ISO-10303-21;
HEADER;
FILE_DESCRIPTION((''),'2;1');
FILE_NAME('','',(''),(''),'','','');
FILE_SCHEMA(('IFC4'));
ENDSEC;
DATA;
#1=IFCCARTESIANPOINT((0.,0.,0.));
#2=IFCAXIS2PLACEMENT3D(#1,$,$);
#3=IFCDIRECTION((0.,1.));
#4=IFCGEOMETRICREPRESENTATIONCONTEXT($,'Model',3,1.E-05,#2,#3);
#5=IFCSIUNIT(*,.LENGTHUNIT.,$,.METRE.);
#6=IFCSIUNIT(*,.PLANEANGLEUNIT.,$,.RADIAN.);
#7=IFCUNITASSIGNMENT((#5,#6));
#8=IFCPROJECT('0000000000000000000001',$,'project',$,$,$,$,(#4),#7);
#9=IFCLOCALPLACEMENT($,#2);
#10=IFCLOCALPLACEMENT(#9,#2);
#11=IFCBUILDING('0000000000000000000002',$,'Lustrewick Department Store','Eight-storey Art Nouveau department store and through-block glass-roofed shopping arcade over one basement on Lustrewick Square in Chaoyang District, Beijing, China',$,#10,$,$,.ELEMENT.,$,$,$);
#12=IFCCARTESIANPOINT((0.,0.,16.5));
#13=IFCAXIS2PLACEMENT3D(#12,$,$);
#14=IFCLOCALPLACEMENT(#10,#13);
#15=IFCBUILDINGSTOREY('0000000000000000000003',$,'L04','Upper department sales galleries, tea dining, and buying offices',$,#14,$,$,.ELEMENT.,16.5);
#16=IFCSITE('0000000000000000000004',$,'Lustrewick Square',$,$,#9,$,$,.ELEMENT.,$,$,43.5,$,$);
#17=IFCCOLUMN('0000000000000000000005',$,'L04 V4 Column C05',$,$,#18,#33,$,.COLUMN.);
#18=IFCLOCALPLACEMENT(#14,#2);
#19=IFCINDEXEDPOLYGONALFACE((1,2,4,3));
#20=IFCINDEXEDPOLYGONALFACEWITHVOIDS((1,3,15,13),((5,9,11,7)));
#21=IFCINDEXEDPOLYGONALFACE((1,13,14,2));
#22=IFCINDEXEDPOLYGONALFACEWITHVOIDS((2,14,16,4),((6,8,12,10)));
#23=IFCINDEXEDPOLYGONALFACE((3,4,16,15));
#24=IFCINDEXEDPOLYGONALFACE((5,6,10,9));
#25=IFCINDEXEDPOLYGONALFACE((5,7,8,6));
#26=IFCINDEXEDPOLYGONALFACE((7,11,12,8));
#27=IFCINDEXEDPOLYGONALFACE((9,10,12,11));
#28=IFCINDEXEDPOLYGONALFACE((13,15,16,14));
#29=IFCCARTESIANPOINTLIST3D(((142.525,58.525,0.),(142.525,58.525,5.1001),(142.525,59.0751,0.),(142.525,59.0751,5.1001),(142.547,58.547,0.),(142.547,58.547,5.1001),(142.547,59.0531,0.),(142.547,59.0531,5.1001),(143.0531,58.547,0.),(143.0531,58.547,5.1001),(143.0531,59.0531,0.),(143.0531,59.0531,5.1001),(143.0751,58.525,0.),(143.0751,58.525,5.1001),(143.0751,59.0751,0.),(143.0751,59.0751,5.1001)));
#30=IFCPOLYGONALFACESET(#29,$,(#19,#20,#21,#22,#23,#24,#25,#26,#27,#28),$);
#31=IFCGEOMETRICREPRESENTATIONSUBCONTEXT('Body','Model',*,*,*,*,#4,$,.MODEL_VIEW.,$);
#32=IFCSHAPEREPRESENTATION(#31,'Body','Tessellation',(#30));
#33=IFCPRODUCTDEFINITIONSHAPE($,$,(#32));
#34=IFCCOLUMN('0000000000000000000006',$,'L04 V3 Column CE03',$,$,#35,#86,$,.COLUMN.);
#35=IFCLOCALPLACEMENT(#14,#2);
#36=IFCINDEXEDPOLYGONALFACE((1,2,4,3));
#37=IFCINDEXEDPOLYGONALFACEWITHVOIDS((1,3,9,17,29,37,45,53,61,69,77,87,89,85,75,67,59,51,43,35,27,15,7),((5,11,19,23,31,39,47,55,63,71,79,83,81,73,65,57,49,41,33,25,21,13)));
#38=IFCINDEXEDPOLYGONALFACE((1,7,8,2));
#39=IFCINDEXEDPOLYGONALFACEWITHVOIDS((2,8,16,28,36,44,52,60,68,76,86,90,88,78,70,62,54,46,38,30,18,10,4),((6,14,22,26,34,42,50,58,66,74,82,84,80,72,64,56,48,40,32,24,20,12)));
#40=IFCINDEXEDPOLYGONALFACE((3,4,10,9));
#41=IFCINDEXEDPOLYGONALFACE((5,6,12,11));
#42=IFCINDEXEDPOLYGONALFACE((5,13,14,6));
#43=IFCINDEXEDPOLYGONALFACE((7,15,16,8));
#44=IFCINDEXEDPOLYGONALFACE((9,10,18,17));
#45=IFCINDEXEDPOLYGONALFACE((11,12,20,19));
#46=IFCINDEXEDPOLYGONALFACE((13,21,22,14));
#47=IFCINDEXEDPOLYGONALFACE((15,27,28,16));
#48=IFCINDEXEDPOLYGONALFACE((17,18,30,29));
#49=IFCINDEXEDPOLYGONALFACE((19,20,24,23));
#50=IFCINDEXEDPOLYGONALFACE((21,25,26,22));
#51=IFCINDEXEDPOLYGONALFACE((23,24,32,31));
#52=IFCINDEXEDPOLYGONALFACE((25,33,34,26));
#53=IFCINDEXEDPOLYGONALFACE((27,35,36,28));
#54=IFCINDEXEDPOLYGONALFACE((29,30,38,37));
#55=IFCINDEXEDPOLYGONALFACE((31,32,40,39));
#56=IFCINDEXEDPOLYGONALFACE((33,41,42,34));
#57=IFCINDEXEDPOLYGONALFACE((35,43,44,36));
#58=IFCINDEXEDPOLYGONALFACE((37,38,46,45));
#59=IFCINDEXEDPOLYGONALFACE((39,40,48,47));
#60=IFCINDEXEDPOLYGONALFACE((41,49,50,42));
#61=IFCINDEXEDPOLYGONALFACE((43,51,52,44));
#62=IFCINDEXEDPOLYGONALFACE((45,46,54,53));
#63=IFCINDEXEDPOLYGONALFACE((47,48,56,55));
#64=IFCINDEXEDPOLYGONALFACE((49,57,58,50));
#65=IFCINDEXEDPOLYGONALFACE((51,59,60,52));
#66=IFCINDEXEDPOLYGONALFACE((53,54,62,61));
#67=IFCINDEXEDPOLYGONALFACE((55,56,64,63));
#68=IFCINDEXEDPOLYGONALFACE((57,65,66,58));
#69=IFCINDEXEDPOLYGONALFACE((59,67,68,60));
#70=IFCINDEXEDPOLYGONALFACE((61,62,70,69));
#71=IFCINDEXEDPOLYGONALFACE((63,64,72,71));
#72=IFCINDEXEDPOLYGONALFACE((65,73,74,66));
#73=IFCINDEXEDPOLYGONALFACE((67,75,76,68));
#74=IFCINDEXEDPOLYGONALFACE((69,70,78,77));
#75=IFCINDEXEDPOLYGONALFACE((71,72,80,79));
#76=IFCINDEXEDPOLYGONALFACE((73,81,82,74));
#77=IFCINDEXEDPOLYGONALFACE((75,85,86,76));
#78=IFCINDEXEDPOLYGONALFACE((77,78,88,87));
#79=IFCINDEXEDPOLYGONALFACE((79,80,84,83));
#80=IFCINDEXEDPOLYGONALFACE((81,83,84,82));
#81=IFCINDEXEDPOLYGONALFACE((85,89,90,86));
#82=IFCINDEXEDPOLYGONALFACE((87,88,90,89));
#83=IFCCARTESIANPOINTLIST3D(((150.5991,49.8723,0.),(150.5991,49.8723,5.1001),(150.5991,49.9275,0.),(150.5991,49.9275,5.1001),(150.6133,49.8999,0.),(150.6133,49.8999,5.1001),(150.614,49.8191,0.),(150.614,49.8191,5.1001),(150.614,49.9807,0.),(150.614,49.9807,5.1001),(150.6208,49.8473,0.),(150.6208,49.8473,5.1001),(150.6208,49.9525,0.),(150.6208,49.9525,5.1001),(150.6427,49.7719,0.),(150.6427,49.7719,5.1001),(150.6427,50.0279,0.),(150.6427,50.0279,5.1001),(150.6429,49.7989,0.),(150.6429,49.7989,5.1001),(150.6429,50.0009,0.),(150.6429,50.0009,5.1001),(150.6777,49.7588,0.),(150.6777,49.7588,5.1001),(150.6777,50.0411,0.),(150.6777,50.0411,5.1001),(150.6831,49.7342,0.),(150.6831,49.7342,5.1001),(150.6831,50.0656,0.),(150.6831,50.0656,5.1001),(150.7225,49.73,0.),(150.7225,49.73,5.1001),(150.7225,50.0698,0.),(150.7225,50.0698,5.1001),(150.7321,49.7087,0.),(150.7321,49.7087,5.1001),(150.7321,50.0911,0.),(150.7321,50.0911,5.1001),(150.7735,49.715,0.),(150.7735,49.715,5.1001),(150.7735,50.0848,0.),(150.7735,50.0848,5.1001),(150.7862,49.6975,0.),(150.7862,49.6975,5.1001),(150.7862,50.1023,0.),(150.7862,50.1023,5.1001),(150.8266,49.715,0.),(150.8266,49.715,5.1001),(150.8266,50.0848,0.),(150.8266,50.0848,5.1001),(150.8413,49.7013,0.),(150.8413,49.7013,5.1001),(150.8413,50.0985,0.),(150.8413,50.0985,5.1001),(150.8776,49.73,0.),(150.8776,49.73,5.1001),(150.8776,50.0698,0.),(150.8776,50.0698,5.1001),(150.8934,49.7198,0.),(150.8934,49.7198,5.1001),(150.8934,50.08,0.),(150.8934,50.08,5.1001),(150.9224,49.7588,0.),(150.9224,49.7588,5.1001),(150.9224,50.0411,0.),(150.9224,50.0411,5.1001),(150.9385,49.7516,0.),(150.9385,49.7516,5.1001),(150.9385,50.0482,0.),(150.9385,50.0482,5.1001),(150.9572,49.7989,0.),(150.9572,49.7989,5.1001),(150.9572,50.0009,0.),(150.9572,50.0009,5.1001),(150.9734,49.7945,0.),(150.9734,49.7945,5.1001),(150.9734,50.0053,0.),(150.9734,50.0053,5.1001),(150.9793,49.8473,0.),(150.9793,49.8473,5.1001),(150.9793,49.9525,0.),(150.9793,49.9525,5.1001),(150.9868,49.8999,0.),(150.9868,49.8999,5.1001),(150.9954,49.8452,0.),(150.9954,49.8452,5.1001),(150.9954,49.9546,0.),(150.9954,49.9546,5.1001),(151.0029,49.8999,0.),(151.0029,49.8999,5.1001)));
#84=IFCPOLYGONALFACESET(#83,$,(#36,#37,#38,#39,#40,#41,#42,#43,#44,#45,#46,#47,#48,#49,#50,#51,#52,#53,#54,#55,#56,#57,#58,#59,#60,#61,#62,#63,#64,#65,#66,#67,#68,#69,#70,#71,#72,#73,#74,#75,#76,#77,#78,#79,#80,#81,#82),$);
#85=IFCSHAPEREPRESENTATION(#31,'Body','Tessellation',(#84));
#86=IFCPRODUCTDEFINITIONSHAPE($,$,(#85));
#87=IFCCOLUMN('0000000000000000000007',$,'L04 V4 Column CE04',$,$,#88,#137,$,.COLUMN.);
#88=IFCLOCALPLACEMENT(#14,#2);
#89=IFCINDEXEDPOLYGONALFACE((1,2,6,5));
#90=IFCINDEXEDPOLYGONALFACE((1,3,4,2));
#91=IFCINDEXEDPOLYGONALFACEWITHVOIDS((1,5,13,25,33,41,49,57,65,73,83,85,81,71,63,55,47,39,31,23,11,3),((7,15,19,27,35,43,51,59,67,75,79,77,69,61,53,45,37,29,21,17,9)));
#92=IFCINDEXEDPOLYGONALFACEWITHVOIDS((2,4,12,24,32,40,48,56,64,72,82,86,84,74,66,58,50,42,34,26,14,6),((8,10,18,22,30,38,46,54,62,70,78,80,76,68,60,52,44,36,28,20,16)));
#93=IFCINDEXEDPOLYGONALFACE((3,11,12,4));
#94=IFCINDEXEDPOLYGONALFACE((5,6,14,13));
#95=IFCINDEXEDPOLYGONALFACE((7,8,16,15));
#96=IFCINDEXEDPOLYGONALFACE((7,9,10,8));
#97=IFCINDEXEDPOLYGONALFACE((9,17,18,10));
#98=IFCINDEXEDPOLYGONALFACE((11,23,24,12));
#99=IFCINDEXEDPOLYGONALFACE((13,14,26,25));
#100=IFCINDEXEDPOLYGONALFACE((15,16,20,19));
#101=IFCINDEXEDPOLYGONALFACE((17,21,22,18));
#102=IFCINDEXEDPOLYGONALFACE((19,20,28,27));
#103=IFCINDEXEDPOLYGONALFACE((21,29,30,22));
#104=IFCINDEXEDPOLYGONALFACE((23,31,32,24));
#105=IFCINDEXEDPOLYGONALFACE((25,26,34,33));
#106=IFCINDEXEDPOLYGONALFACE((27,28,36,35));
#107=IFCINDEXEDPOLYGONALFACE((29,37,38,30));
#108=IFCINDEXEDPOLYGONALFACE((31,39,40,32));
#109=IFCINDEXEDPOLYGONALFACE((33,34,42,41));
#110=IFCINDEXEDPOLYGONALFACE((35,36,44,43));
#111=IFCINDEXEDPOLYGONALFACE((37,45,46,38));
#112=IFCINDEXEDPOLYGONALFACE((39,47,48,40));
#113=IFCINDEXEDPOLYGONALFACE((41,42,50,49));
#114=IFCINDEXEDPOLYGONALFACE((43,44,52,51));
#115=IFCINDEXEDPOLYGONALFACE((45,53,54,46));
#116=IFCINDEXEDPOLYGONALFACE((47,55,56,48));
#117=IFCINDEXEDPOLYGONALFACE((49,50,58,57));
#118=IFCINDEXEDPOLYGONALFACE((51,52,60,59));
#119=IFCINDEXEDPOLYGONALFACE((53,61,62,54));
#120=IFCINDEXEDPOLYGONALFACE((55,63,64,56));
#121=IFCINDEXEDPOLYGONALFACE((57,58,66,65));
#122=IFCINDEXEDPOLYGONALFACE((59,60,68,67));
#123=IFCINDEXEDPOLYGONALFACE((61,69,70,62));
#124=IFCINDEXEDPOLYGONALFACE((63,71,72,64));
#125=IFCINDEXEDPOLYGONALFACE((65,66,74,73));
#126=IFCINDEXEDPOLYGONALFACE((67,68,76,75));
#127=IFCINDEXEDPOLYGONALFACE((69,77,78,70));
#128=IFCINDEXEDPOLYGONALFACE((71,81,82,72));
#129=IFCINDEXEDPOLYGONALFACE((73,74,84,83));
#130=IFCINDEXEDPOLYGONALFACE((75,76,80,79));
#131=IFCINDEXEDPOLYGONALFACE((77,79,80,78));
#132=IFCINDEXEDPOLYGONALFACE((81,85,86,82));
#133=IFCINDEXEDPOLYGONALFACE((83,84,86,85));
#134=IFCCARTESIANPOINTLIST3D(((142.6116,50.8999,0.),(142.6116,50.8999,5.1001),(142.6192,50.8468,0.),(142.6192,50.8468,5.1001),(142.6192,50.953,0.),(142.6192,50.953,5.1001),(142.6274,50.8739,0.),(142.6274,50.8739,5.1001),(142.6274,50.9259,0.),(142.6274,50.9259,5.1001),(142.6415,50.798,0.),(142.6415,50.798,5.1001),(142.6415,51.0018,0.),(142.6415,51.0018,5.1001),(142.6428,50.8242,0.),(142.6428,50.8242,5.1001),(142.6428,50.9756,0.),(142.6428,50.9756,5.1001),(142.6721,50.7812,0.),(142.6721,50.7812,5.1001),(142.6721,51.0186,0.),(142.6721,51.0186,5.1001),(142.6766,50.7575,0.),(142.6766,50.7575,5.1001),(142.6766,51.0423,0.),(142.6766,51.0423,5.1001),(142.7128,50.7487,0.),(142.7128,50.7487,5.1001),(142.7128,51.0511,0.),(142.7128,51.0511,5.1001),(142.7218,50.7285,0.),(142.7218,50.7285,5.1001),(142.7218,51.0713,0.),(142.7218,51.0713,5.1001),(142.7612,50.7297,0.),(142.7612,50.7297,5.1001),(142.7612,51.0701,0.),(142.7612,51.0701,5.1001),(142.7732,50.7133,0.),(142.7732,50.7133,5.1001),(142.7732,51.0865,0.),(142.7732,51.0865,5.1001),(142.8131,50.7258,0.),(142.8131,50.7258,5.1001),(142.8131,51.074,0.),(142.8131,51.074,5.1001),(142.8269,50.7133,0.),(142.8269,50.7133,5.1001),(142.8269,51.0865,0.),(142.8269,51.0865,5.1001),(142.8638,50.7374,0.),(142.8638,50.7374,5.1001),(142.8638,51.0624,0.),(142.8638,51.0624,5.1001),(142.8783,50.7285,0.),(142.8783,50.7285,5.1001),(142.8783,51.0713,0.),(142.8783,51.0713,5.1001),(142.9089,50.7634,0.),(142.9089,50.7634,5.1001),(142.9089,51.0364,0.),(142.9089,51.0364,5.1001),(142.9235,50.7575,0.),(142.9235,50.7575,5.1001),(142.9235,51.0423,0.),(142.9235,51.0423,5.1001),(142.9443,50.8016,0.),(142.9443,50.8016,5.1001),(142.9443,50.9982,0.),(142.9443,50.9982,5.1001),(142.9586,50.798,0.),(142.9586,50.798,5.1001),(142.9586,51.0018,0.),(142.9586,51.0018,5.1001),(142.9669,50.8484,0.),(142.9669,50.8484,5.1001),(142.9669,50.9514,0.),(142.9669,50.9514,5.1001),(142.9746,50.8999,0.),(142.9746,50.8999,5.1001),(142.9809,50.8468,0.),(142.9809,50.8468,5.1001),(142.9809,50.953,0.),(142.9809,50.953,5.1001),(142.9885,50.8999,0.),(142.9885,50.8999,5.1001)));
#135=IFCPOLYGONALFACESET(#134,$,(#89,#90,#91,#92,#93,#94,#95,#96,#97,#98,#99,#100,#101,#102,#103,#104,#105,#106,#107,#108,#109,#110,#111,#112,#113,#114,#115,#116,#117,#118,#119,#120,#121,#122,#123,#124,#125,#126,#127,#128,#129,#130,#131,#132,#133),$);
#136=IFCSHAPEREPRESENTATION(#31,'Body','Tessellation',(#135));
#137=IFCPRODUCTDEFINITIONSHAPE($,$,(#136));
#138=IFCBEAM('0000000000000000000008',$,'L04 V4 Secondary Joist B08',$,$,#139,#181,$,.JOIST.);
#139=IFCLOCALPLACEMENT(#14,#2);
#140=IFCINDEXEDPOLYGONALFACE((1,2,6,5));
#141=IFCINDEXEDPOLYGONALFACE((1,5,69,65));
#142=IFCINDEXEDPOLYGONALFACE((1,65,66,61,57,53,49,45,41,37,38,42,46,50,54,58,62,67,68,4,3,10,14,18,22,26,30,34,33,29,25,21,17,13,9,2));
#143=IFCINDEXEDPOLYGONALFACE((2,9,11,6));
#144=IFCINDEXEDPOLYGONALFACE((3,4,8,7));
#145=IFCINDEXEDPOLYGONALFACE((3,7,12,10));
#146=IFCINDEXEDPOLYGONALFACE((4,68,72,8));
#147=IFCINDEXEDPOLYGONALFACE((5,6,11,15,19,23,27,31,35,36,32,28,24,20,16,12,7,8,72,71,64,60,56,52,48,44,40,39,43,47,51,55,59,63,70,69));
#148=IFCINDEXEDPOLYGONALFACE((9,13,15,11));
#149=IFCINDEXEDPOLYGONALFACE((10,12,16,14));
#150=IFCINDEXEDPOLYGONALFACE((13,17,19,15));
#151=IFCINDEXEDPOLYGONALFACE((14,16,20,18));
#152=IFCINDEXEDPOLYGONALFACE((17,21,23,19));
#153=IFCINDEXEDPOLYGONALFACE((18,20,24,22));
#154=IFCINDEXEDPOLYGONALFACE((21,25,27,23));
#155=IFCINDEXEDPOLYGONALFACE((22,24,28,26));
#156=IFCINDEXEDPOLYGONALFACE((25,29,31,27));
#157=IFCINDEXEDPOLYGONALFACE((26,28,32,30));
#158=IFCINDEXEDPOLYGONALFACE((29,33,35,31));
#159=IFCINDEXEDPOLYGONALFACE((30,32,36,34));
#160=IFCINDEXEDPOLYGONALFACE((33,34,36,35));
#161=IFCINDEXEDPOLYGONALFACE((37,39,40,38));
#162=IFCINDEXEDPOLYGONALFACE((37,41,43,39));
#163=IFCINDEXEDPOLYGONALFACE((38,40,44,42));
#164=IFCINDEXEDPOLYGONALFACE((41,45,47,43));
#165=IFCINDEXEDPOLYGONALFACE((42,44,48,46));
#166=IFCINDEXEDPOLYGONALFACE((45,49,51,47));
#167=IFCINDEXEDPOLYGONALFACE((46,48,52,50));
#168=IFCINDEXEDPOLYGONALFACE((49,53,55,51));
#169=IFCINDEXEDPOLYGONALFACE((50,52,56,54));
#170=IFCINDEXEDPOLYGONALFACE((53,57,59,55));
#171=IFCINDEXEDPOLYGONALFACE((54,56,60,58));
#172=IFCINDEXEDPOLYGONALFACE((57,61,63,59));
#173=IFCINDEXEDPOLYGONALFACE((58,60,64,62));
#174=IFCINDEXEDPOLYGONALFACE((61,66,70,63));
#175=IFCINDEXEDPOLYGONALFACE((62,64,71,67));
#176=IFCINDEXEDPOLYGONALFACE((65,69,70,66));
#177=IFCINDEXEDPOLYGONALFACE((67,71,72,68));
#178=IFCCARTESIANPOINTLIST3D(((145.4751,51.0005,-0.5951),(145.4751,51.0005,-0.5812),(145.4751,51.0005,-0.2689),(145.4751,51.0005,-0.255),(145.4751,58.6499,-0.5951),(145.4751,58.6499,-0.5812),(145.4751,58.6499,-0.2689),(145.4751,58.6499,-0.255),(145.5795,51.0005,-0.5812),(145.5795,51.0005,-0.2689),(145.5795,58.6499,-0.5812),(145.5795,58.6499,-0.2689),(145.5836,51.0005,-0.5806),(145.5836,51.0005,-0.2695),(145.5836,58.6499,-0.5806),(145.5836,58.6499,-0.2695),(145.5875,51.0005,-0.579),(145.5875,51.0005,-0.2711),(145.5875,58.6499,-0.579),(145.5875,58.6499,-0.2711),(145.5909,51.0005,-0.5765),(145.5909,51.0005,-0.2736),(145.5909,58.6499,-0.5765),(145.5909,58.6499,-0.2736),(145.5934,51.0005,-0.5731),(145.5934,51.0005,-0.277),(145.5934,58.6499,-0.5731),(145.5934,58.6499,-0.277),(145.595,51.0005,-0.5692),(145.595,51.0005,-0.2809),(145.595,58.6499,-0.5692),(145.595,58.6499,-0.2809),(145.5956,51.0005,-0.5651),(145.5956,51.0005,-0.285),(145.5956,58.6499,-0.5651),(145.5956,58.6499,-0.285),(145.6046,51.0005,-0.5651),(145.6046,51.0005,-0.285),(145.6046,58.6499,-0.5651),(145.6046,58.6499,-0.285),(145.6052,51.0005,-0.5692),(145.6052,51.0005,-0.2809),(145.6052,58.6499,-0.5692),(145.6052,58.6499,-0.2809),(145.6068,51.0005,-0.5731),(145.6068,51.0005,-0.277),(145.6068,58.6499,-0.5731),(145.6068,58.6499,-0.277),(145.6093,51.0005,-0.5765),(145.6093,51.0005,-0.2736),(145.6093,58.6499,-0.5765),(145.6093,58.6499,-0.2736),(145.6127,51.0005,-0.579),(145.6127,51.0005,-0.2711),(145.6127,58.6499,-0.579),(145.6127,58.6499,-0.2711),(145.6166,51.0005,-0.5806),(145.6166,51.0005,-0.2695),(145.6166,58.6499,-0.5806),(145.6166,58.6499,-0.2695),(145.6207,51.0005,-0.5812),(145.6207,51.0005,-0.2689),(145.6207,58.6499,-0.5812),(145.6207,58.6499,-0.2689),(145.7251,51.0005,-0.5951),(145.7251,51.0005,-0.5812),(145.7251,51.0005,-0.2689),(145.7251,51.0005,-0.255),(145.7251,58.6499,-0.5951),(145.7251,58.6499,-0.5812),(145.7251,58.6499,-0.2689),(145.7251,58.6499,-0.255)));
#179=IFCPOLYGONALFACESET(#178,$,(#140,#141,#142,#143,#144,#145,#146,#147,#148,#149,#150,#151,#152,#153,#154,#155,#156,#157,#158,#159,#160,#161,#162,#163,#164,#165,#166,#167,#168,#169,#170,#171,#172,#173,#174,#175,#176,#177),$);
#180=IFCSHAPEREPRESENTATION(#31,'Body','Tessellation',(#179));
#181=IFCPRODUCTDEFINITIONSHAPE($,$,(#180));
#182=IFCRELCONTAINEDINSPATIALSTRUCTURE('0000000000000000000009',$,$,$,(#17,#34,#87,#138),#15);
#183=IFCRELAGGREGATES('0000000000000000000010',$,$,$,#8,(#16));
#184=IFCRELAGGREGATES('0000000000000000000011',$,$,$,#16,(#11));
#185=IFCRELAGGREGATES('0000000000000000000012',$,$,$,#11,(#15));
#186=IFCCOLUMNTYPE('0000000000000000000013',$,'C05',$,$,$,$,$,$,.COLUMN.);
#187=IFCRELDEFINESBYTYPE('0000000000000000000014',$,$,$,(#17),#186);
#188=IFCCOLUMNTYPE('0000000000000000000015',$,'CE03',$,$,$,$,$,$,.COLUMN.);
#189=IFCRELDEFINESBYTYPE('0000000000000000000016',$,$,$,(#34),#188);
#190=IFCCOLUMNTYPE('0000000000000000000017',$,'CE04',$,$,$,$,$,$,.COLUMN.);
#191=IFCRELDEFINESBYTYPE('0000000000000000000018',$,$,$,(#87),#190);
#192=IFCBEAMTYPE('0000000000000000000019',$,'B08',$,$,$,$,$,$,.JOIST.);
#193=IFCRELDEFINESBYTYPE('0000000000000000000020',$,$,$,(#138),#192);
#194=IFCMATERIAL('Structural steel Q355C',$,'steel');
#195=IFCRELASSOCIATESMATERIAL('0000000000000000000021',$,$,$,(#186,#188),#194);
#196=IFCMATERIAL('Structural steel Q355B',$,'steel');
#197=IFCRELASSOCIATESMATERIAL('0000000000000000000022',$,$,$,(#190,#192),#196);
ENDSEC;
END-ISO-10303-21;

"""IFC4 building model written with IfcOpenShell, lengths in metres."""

from ifc_helpers import new_model, si_unit, direction, frame, origin, origin_2d, place, context, subcontext, project, spatial, hollow_rectangle, hollow_circle, i_section, extrude, material, material_profile, profile_set, type_object, element, save


model = new_model("IFC4")

# Units and contexts
model_context = context("Model", 3, precision=1e-05, world=origin(), true_north=direction((0.0, 1.0)))
body_context = subcontext(model_context, "Body", "Model", "MODEL_VIEW")
ifc_project = project(units=[si_unit("LENGTHUNIT", "METRE"), si_unit("PLANEANGLEUNIT", "RADIAN")], contexts=[model_context])

# Site, building, storey
site_placement = place(None, origin())
site = spatial("IfcSite", under=ifc_project, at=site_placement, Name="Lustrewick Square", CompositionType="ELEMENT", RefElevation=43.5)
building_placement = place(site_placement, origin())
building = spatial("IfcBuilding", under=site, at=building_placement, Name="Lustrewick Department Store", Description="Eight-storey Art Nouveau department store and through-block glass-roofed shopping arcade over one basement on Lustrewick Square in Chaoyang District, Beijing, China", CompositionType="ELEMENT")
storey_placement = place(building_placement, frame((0.0, 0.0, 16.5)))
storey = spatial("IfcBuildingStorey", under=building, at=storey_placement, Name="L04", Description="Upper department sales galleries, tea dining, and buying offices", CompositionType="ELEMENT", Elevation=16.5)

# Columns
ifc_material_1 = material(Name="Structural steel Q355C", Category="steel")
ifc_material_profile_1 = material_profile(ifc_material_1, hollow_rectangle(XDim=0.55, YDim=0.55, WallThickness=0.022, at=origin_2d()), Name="BOX 550x550x22")
ifc_profile_set_1 = profile_set([ifc_material_profile_1], Name="Structural steel Q355C")
column_type_1 = type_object("IfcColumnType", Name="C05", PredefinedType="COLUMN", material=ifc_profile_set_1)
column_1_placement = place(storey_placement, frame((142.8, 58.8, 0.0), z_axis=(0.0, 0.0, 1.0), x_axis=(1.0, 0.0, 0.0)))
element("IfcColumn", 1, at=column_1_placement, inside=storey, type_object=column_type_1, Name="L04 V4 Column C05", PredefinedType="COLUMN", context=body_context, shape_type="SweptSolid", body=[
    extrude(hollow_rectangle(XDim=0.55, YDim=0.55, WallThickness=0.022, at=origin_2d()), origin(), (0.0, 0.0, 1.0), 5.1001),
])
ifc_material_profile_2 = material_profile(ifc_material_1, hollow_circle(Radius=0.2029, WallThickness=0.0161, at=origin_2d()), Name="CHS 406x16")
ifc_profile_set_2 = profile_set([ifc_material_profile_2], Name="Structural steel Q355C")
column_type_2 = type_object("IfcColumnType", Name="CE03", PredefinedType="COLUMN", material=ifc_profile_set_2)
column_2_placement = place(storey_placement, frame((150.8, 49.8999, 0.0), z_axis=(0.0, 0.0, 1.0), x_axis=(1.0, 0.0, 0.0)))
element("IfcColumn", 2, at=column_2_placement, inside=storey, type_object=column_type_2, Name="L04 V3 Column CE03", PredefinedType="COLUMN", context=body_context, shape_type="SweptSolid", body=[
    extrude(hollow_circle(Radius=0.2029, WallThickness=0.0161, at=origin_2d()), origin(), (0.0, 0.0, 1.0), 5.1001),
])
ifc_material_2 = material(Name="Structural steel Q355B", Category="steel")
ifc_material_profile_3 = material_profile(ifc_material_2, hollow_circle(Radius=0.1885, WallThickness=0.0139, at=origin_2d()), Name="CHS 377x14")
ifc_profile_set_3 = profile_set([ifc_material_profile_3], Name="Structural steel Q355B")
column_type_3 = type_object("IfcColumnType", Name="CE04", PredefinedType="COLUMN", material=ifc_profile_set_3)
column_3_placement = place(storey_placement, frame((142.8, 50.8999, 0.0), z_axis=(0.0, 0.0, 1.0), x_axis=(1.0, 0.0, 0.0)))
element("IfcColumn", 3, at=column_3_placement, inside=storey, type_object=column_type_3, Name="L04 V4 Column CE04", PredefinedType="COLUMN", context=body_context, shape_type="SweptSolid", body=[
    extrude(hollow_circle(Radius=0.1885, WallThickness=0.0139, at=origin_2d()), origin(), (0.0, 0.0, 1.0), 5.1001),
])

# Beam
ifc_material_profile_4 = material_profile(ifc_material_2, i_section(OverallWidth=0.25, OverallDepth=0.3401, WebThickness=0.009, FlangeThickness=0.0139, FilletRadius=0.0161, at=origin_2d()), Name="HM 340x250x9x14")
ifc_profile_set_4 = profile_set([ifc_material_profile_4], Name="Structural steel Q355B")
beam_type_1 = type_object("IfcBeamType", Name="B08", PredefinedType="JOIST", material=ifc_profile_set_4)
beam_1_placement = place(storey_placement, frame((145.6001, 51.0005, -0.425), z_axis=(0.0, 1.0, 0.0), x_axis=(-1.0, 0.0, 0.0)))
element("IfcBeam", 4, at=beam_1_placement, inside=storey, type_object=beam_type_1, Name="L04 V4 Secondary Joist B08", PredefinedType="JOIST", context=body_context, shape_type="SweptSolid", body=[
    extrude(i_section(OverallWidth=0.25, OverallDepth=0.3401, WebThickness=0.009, FlangeThickness=0.0139, FilletRadius=0.0161, at=origin_2d()), origin(), (0.0, 0.0, 1.0), 7.6494),
])

save(model, "model.ifc")
